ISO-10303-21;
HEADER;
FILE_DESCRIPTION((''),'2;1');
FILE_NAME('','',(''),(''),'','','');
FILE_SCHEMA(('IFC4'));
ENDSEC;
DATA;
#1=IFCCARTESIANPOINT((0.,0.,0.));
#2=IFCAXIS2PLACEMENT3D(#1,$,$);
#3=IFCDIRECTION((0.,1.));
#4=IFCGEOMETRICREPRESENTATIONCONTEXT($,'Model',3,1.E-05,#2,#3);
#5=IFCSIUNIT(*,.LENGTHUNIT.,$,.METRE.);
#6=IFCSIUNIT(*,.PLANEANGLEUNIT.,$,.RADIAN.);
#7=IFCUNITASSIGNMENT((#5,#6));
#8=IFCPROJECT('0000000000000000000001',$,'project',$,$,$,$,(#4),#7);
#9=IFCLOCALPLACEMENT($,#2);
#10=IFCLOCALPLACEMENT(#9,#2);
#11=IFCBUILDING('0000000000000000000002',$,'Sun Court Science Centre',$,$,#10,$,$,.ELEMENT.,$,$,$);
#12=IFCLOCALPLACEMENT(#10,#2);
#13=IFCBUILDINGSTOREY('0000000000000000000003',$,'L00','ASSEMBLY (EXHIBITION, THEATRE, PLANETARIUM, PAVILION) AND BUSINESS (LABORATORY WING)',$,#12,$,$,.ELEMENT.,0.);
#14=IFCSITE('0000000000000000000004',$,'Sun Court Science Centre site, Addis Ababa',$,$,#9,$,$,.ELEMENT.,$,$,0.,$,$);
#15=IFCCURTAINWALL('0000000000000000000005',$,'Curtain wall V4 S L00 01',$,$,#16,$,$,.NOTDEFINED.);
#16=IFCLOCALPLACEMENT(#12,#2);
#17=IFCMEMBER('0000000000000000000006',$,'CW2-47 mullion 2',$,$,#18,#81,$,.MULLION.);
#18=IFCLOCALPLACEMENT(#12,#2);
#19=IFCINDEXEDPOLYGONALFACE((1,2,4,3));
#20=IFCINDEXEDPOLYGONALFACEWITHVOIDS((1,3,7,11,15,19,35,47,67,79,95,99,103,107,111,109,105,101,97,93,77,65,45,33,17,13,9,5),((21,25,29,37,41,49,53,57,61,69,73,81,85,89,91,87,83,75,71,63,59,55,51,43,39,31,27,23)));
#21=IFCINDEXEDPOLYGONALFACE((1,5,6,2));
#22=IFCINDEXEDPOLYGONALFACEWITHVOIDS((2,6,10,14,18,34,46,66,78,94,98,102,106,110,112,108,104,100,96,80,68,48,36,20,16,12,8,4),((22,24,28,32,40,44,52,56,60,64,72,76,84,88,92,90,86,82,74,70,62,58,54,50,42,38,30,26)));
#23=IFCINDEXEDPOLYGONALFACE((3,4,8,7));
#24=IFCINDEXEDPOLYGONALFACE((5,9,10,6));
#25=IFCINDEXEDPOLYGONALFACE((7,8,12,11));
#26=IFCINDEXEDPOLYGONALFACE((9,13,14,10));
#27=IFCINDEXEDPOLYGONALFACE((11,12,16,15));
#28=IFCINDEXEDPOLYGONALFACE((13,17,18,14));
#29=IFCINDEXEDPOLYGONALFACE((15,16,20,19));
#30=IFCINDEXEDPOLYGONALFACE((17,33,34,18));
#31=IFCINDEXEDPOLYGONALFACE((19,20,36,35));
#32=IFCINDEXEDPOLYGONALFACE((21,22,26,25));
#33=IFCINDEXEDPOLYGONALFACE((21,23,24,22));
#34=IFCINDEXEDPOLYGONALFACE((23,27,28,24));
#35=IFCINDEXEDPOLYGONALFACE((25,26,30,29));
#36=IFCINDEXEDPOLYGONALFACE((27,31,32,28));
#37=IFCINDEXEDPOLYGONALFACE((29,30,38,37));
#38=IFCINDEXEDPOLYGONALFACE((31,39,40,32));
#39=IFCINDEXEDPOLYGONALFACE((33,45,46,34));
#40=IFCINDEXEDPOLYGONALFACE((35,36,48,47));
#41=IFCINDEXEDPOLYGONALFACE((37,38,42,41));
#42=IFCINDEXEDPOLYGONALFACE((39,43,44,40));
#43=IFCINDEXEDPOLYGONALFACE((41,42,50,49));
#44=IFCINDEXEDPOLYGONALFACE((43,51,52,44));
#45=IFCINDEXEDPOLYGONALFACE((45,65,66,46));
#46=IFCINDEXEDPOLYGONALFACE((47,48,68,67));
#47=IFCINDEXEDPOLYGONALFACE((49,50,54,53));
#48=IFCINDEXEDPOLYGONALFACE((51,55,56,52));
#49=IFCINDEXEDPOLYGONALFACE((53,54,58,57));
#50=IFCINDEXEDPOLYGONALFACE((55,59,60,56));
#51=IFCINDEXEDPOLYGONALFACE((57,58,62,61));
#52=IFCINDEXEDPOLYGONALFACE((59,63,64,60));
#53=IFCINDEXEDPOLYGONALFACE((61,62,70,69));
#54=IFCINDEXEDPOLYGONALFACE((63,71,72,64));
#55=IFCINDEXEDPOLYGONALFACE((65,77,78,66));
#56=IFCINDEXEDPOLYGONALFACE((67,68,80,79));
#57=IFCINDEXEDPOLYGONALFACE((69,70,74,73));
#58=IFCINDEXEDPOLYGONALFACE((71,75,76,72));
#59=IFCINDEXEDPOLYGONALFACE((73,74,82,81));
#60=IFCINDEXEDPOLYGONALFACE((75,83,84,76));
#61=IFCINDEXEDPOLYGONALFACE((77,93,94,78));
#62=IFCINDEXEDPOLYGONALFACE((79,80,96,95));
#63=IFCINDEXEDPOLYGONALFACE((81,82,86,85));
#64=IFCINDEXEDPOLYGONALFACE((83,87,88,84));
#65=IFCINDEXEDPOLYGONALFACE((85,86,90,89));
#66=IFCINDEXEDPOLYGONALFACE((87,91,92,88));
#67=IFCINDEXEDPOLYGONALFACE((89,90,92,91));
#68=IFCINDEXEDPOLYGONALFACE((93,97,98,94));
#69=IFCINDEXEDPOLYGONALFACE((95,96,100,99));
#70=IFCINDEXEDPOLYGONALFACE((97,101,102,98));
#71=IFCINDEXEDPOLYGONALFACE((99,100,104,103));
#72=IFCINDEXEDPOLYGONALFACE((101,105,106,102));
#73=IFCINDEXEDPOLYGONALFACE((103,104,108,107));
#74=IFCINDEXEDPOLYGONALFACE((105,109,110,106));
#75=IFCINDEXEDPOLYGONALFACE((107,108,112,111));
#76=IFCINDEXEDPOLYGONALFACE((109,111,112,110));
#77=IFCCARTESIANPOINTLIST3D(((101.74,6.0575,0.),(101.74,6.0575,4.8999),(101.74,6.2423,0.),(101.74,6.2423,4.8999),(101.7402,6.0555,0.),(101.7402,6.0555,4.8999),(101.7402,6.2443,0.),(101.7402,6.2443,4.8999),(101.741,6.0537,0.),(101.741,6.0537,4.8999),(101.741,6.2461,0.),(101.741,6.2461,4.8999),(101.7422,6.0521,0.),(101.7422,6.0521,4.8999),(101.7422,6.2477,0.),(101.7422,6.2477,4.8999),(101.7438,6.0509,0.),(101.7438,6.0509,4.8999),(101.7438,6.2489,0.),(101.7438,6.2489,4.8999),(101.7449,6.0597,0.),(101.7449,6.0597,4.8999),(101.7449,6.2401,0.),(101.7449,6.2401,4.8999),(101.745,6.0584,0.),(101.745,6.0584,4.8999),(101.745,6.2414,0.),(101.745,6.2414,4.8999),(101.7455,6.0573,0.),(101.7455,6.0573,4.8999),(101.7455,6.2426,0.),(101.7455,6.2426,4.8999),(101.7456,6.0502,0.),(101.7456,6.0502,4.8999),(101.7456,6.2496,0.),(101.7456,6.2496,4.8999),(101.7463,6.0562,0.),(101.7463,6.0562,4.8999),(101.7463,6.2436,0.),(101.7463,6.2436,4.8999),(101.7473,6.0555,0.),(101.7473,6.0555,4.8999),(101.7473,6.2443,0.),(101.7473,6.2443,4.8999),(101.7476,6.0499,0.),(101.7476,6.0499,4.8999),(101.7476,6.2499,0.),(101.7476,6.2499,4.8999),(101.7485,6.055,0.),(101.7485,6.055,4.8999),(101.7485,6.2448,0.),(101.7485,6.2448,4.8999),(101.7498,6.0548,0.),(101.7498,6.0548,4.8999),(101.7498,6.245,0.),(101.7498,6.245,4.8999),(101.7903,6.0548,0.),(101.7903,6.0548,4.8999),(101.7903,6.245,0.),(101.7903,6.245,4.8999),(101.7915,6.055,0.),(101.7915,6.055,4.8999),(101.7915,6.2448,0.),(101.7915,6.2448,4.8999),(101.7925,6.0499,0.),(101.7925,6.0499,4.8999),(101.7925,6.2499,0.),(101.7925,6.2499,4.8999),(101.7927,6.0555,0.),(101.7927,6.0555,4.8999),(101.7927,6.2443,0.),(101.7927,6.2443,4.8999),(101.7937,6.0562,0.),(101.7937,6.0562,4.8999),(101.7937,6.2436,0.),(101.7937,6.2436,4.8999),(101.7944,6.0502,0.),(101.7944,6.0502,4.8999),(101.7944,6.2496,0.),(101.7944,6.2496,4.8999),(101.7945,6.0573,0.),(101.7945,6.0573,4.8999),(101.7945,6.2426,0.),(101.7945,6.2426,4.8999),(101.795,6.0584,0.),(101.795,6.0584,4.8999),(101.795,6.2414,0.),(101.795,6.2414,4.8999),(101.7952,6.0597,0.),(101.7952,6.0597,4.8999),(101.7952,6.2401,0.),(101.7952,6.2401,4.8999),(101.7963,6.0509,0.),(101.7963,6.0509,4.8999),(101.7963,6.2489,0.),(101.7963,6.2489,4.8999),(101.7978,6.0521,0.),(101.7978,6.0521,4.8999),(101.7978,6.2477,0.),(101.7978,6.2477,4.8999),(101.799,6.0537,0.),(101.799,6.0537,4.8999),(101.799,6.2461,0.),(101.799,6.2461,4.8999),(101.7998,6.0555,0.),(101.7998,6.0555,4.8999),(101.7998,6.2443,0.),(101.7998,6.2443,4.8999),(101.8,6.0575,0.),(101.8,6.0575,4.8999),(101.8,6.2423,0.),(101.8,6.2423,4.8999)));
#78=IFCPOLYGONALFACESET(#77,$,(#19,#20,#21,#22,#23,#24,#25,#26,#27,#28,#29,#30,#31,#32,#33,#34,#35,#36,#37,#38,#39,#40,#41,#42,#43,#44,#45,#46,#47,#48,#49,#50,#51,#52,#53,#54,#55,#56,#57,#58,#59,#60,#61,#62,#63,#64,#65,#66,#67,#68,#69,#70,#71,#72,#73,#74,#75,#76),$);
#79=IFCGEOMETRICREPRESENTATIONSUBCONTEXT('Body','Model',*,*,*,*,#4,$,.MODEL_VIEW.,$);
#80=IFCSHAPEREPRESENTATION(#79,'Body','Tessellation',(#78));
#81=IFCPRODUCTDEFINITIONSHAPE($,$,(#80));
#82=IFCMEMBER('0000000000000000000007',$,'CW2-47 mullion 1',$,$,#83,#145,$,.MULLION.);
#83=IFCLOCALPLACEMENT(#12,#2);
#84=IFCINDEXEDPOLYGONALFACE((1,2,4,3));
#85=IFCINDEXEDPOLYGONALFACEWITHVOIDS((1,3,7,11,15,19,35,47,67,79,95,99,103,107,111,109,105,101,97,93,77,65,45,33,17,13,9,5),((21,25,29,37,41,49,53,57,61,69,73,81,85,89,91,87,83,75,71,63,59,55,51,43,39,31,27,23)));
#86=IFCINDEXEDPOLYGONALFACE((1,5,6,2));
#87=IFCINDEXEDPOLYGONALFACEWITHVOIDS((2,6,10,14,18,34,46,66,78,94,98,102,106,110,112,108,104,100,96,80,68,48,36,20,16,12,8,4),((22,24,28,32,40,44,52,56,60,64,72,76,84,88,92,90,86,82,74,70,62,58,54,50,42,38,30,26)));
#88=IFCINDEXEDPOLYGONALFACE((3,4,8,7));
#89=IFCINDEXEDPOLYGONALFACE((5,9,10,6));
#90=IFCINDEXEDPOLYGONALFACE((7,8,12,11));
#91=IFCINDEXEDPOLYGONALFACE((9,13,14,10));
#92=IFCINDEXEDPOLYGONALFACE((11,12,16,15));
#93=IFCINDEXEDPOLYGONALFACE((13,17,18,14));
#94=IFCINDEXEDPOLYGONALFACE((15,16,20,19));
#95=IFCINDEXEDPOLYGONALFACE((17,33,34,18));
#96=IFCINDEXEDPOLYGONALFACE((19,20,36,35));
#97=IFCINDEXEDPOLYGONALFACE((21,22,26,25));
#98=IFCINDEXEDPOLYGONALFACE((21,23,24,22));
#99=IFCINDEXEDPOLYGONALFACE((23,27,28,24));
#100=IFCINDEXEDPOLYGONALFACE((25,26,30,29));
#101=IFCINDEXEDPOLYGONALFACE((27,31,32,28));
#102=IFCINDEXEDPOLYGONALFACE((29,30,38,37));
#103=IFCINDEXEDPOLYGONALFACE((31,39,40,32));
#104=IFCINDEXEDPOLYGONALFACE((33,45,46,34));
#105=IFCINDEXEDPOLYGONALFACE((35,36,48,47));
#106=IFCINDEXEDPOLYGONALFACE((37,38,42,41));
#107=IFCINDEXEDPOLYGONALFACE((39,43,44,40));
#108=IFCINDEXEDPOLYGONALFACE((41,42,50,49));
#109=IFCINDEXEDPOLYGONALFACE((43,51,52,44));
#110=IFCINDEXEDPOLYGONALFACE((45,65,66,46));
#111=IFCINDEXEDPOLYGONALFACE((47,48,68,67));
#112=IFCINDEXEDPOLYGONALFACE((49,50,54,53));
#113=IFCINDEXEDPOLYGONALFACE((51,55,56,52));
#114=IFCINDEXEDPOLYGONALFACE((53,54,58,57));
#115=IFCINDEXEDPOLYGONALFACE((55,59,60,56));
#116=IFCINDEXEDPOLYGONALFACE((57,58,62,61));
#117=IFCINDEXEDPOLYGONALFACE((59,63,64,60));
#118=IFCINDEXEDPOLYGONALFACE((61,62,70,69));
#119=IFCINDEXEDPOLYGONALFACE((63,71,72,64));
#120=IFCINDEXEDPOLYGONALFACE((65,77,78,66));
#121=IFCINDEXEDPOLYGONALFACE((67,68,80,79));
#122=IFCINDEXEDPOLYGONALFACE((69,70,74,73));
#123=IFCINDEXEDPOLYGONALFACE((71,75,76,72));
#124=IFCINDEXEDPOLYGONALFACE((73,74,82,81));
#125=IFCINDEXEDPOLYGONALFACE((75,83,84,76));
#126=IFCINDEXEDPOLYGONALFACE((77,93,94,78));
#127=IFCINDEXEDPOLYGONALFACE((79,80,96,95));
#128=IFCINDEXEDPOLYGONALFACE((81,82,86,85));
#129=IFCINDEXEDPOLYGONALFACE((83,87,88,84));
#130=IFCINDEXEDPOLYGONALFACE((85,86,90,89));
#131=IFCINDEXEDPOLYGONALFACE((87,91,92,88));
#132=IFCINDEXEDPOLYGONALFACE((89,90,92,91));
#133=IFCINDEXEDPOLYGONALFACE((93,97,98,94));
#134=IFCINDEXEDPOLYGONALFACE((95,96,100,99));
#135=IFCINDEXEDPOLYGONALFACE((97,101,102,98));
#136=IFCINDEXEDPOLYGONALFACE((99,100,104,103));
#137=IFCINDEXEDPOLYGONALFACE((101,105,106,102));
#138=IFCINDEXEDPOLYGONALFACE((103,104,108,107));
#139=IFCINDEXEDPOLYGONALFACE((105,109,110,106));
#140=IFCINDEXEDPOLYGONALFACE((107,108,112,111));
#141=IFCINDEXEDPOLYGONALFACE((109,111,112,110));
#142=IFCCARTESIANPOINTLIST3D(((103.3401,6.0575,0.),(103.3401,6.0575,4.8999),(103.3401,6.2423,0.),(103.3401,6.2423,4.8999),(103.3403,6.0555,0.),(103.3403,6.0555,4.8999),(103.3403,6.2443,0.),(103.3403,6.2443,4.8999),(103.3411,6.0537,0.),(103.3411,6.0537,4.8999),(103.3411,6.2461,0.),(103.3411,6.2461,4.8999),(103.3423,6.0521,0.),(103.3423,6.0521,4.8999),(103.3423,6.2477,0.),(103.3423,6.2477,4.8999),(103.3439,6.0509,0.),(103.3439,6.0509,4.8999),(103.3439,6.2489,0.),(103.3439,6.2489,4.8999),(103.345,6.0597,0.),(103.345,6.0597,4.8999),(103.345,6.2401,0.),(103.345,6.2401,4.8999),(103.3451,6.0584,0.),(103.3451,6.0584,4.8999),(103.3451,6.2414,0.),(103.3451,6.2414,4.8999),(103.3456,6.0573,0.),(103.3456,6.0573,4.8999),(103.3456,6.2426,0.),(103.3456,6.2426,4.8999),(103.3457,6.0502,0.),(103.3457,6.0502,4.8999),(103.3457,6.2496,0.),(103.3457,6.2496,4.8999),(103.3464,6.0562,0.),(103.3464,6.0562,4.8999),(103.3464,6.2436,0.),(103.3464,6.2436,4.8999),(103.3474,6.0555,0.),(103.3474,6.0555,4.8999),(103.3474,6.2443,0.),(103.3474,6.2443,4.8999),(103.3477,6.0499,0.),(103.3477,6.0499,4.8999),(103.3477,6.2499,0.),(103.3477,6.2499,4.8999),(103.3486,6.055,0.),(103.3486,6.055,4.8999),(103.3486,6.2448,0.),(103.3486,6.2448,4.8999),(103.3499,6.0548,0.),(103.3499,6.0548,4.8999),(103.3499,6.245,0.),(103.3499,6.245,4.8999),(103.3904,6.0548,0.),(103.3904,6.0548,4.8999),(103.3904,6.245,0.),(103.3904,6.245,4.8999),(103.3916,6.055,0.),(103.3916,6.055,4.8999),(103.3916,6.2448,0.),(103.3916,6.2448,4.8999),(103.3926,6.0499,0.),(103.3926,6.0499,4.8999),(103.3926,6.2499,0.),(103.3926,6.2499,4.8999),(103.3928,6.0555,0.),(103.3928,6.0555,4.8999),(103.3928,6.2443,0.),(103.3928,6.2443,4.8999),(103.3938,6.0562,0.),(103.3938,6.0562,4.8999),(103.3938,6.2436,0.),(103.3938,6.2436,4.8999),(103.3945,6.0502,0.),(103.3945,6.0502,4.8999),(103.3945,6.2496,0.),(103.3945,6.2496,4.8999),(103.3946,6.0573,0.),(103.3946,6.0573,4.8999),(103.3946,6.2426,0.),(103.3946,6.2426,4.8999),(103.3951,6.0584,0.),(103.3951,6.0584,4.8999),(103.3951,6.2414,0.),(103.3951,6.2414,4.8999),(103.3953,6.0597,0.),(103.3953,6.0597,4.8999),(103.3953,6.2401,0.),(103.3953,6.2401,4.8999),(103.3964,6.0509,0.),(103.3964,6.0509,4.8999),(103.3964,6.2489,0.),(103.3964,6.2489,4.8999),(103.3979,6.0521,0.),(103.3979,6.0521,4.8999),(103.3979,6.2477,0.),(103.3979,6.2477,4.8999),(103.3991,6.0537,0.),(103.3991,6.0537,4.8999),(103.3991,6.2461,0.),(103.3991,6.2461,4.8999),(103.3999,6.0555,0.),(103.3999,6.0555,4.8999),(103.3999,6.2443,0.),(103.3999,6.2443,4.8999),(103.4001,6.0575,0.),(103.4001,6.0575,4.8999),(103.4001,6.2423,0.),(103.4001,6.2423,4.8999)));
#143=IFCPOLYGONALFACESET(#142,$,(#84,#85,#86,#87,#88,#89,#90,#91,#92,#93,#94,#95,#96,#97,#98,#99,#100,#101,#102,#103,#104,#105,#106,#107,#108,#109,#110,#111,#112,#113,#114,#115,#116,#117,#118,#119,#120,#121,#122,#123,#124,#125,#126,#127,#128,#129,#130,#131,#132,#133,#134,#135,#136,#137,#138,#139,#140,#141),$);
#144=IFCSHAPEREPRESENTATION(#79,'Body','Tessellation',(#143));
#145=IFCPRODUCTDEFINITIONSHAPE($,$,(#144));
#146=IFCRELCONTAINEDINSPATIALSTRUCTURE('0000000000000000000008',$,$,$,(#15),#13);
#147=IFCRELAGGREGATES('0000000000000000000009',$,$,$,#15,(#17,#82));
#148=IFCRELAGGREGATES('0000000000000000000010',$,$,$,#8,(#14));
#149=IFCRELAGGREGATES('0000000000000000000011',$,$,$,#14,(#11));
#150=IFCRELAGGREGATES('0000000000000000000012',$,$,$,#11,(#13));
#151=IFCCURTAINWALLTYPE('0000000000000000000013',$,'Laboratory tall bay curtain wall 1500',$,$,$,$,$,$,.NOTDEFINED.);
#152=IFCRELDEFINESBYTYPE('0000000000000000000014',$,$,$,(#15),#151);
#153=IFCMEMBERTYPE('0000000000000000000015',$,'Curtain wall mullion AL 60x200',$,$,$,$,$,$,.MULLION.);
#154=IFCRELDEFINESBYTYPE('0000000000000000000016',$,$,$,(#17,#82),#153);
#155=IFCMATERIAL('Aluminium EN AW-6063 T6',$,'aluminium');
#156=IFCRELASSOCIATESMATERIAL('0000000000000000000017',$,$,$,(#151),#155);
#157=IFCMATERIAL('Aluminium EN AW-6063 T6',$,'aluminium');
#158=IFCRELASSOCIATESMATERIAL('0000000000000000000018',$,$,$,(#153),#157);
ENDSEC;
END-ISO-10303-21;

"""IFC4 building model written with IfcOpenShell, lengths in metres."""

from ifc_helpers import new_model, si_unit, direction, frame, origin, origin_2d, place, context, subcontext, project, spatial, hollow_rectangle, extrude, material, material_profile, profile_set, type_object, element, aggregate, save


model = new_model("IFC4")

# Units and contexts
model_context = context("Model", 3, precision=1e-05, world=origin(), true_north=direction((0.0, 1.0)))
body_context = subcontext(model_context, "Body", "Model", "MODEL_VIEW")
ifc_project = project(units=[si_unit("LENGTHUNIT", "METRE"), si_unit("PLANEANGLEUNIT", "RADIAN")], contexts=[model_context])

# Site, building, storey
site_placement = place(None, origin())
site = spatial("IfcSite", under=ifc_project, at=site_placement, Name="Sun Court Science Centre site, Addis Ababa", CompositionType="ELEMENT", RefElevation=0.0)
building_placement = place(site_placement, origin())
building = spatial("IfcBuilding", under=site, at=building_placement, Name="Sun Court Science Centre", CompositionType="ELEMENT")
storey_placement = place(building_placement, origin())
storey = spatial("IfcBuildingStorey", under=building, at=storey_placement, Name="L00", Description="ASSEMBLY (EXHIBITION, THEATRE, PLANETARIUM, PAVILION) AND BUSINESS (LABORATORY WING)", CompositionType="ELEMENT", Elevation=0.0)

# Curtain wall, members
ifc_material_1 = material(Name="Aluminium EN AW-6063 T6", Category="aluminium")
curtain_wall_type = type_object("IfcCurtainWallType", Name="Laboratory tall bay curtain wall 1500", PredefinedType="NOTDEFINED", material=ifc_material_1)
curtain_wall_placement = place(storey_placement, origin())
curtain_wall = element("IfcCurtainWall", 1, at=curtain_wall_placement, inside=storey, type_object=curtain_wall_type, Name="Curtain wall V4 S L00 01", PredefinedType="NOTDEFINED")
ifc_material_2 = material(Name="Aluminium EN AW-6063 T6", Category="aluminium")
ifc_material_profile_1 = material_profile(ifc_material_2, hollow_rectangle(XDim=0.0601, YDim=0.2, WallThickness=0.0049, InnerFilletRadius=0.0049, OuterFilletRadius=0.0076, at=origin_2d()), Name="AL 60x200x5")
ifc_profile_set_1 = profile_set([ifc_material_profile_1], Name="Aluminium EN AW-6063 T6")
member_type_1 = type_object("IfcMemberType", Name="Curtain wall mullion AL 60x200", PredefinedType="MULLION", material=ifc_profile_set_1)
member_1_placement = place(storey_placement, frame((101.77, 6.1499, 0.0), z_axis=(0.0, 0.0, 1.0), x_axis=(-1.0, 0.0, 0.0)))
member_1 = element("IfcMember", 2, at=member_1_placement, type_object=member_type_1, Name="CW2-47 mullion 2", PredefinedType="MULLION", context=body_context, shape_type="SweptSolid", body=[
    extrude(hollow_rectangle(XDim=0.0601, YDim=0.2, WallThickness=0.0049, InnerFilletRadius=0.0049, OuterFilletRadius=0.0076, at=origin_2d()), origin(), (0.0, 0.0, 1.0), 4.8999),
])
member_2_placement = place(storey_placement, frame((103.3701, 6.1499, 0.0), z_axis=(0.0, 0.0, 1.0), x_axis=(-1.0, 0.0, 0.0)))
member_2 = element("IfcMember", 3, at=member_2_placement, type_object=member_type_1, Name="CW2-47 mullion 1", PredefinedType="MULLION", context=body_context, shape_type="SweptSolid", body=[
    extrude(hollow_rectangle(XDim=0.0601, YDim=0.2, WallThickness=0.0049, InnerFilletRadius=0.0049, OuterFilletRadius=0.0076, at=origin_2d()), origin(), (0.0, 0.0, 1.0), 4.8999),
])
aggregate(curtain_wall, [member_1, member_2])

save(model, "model.ifc")
